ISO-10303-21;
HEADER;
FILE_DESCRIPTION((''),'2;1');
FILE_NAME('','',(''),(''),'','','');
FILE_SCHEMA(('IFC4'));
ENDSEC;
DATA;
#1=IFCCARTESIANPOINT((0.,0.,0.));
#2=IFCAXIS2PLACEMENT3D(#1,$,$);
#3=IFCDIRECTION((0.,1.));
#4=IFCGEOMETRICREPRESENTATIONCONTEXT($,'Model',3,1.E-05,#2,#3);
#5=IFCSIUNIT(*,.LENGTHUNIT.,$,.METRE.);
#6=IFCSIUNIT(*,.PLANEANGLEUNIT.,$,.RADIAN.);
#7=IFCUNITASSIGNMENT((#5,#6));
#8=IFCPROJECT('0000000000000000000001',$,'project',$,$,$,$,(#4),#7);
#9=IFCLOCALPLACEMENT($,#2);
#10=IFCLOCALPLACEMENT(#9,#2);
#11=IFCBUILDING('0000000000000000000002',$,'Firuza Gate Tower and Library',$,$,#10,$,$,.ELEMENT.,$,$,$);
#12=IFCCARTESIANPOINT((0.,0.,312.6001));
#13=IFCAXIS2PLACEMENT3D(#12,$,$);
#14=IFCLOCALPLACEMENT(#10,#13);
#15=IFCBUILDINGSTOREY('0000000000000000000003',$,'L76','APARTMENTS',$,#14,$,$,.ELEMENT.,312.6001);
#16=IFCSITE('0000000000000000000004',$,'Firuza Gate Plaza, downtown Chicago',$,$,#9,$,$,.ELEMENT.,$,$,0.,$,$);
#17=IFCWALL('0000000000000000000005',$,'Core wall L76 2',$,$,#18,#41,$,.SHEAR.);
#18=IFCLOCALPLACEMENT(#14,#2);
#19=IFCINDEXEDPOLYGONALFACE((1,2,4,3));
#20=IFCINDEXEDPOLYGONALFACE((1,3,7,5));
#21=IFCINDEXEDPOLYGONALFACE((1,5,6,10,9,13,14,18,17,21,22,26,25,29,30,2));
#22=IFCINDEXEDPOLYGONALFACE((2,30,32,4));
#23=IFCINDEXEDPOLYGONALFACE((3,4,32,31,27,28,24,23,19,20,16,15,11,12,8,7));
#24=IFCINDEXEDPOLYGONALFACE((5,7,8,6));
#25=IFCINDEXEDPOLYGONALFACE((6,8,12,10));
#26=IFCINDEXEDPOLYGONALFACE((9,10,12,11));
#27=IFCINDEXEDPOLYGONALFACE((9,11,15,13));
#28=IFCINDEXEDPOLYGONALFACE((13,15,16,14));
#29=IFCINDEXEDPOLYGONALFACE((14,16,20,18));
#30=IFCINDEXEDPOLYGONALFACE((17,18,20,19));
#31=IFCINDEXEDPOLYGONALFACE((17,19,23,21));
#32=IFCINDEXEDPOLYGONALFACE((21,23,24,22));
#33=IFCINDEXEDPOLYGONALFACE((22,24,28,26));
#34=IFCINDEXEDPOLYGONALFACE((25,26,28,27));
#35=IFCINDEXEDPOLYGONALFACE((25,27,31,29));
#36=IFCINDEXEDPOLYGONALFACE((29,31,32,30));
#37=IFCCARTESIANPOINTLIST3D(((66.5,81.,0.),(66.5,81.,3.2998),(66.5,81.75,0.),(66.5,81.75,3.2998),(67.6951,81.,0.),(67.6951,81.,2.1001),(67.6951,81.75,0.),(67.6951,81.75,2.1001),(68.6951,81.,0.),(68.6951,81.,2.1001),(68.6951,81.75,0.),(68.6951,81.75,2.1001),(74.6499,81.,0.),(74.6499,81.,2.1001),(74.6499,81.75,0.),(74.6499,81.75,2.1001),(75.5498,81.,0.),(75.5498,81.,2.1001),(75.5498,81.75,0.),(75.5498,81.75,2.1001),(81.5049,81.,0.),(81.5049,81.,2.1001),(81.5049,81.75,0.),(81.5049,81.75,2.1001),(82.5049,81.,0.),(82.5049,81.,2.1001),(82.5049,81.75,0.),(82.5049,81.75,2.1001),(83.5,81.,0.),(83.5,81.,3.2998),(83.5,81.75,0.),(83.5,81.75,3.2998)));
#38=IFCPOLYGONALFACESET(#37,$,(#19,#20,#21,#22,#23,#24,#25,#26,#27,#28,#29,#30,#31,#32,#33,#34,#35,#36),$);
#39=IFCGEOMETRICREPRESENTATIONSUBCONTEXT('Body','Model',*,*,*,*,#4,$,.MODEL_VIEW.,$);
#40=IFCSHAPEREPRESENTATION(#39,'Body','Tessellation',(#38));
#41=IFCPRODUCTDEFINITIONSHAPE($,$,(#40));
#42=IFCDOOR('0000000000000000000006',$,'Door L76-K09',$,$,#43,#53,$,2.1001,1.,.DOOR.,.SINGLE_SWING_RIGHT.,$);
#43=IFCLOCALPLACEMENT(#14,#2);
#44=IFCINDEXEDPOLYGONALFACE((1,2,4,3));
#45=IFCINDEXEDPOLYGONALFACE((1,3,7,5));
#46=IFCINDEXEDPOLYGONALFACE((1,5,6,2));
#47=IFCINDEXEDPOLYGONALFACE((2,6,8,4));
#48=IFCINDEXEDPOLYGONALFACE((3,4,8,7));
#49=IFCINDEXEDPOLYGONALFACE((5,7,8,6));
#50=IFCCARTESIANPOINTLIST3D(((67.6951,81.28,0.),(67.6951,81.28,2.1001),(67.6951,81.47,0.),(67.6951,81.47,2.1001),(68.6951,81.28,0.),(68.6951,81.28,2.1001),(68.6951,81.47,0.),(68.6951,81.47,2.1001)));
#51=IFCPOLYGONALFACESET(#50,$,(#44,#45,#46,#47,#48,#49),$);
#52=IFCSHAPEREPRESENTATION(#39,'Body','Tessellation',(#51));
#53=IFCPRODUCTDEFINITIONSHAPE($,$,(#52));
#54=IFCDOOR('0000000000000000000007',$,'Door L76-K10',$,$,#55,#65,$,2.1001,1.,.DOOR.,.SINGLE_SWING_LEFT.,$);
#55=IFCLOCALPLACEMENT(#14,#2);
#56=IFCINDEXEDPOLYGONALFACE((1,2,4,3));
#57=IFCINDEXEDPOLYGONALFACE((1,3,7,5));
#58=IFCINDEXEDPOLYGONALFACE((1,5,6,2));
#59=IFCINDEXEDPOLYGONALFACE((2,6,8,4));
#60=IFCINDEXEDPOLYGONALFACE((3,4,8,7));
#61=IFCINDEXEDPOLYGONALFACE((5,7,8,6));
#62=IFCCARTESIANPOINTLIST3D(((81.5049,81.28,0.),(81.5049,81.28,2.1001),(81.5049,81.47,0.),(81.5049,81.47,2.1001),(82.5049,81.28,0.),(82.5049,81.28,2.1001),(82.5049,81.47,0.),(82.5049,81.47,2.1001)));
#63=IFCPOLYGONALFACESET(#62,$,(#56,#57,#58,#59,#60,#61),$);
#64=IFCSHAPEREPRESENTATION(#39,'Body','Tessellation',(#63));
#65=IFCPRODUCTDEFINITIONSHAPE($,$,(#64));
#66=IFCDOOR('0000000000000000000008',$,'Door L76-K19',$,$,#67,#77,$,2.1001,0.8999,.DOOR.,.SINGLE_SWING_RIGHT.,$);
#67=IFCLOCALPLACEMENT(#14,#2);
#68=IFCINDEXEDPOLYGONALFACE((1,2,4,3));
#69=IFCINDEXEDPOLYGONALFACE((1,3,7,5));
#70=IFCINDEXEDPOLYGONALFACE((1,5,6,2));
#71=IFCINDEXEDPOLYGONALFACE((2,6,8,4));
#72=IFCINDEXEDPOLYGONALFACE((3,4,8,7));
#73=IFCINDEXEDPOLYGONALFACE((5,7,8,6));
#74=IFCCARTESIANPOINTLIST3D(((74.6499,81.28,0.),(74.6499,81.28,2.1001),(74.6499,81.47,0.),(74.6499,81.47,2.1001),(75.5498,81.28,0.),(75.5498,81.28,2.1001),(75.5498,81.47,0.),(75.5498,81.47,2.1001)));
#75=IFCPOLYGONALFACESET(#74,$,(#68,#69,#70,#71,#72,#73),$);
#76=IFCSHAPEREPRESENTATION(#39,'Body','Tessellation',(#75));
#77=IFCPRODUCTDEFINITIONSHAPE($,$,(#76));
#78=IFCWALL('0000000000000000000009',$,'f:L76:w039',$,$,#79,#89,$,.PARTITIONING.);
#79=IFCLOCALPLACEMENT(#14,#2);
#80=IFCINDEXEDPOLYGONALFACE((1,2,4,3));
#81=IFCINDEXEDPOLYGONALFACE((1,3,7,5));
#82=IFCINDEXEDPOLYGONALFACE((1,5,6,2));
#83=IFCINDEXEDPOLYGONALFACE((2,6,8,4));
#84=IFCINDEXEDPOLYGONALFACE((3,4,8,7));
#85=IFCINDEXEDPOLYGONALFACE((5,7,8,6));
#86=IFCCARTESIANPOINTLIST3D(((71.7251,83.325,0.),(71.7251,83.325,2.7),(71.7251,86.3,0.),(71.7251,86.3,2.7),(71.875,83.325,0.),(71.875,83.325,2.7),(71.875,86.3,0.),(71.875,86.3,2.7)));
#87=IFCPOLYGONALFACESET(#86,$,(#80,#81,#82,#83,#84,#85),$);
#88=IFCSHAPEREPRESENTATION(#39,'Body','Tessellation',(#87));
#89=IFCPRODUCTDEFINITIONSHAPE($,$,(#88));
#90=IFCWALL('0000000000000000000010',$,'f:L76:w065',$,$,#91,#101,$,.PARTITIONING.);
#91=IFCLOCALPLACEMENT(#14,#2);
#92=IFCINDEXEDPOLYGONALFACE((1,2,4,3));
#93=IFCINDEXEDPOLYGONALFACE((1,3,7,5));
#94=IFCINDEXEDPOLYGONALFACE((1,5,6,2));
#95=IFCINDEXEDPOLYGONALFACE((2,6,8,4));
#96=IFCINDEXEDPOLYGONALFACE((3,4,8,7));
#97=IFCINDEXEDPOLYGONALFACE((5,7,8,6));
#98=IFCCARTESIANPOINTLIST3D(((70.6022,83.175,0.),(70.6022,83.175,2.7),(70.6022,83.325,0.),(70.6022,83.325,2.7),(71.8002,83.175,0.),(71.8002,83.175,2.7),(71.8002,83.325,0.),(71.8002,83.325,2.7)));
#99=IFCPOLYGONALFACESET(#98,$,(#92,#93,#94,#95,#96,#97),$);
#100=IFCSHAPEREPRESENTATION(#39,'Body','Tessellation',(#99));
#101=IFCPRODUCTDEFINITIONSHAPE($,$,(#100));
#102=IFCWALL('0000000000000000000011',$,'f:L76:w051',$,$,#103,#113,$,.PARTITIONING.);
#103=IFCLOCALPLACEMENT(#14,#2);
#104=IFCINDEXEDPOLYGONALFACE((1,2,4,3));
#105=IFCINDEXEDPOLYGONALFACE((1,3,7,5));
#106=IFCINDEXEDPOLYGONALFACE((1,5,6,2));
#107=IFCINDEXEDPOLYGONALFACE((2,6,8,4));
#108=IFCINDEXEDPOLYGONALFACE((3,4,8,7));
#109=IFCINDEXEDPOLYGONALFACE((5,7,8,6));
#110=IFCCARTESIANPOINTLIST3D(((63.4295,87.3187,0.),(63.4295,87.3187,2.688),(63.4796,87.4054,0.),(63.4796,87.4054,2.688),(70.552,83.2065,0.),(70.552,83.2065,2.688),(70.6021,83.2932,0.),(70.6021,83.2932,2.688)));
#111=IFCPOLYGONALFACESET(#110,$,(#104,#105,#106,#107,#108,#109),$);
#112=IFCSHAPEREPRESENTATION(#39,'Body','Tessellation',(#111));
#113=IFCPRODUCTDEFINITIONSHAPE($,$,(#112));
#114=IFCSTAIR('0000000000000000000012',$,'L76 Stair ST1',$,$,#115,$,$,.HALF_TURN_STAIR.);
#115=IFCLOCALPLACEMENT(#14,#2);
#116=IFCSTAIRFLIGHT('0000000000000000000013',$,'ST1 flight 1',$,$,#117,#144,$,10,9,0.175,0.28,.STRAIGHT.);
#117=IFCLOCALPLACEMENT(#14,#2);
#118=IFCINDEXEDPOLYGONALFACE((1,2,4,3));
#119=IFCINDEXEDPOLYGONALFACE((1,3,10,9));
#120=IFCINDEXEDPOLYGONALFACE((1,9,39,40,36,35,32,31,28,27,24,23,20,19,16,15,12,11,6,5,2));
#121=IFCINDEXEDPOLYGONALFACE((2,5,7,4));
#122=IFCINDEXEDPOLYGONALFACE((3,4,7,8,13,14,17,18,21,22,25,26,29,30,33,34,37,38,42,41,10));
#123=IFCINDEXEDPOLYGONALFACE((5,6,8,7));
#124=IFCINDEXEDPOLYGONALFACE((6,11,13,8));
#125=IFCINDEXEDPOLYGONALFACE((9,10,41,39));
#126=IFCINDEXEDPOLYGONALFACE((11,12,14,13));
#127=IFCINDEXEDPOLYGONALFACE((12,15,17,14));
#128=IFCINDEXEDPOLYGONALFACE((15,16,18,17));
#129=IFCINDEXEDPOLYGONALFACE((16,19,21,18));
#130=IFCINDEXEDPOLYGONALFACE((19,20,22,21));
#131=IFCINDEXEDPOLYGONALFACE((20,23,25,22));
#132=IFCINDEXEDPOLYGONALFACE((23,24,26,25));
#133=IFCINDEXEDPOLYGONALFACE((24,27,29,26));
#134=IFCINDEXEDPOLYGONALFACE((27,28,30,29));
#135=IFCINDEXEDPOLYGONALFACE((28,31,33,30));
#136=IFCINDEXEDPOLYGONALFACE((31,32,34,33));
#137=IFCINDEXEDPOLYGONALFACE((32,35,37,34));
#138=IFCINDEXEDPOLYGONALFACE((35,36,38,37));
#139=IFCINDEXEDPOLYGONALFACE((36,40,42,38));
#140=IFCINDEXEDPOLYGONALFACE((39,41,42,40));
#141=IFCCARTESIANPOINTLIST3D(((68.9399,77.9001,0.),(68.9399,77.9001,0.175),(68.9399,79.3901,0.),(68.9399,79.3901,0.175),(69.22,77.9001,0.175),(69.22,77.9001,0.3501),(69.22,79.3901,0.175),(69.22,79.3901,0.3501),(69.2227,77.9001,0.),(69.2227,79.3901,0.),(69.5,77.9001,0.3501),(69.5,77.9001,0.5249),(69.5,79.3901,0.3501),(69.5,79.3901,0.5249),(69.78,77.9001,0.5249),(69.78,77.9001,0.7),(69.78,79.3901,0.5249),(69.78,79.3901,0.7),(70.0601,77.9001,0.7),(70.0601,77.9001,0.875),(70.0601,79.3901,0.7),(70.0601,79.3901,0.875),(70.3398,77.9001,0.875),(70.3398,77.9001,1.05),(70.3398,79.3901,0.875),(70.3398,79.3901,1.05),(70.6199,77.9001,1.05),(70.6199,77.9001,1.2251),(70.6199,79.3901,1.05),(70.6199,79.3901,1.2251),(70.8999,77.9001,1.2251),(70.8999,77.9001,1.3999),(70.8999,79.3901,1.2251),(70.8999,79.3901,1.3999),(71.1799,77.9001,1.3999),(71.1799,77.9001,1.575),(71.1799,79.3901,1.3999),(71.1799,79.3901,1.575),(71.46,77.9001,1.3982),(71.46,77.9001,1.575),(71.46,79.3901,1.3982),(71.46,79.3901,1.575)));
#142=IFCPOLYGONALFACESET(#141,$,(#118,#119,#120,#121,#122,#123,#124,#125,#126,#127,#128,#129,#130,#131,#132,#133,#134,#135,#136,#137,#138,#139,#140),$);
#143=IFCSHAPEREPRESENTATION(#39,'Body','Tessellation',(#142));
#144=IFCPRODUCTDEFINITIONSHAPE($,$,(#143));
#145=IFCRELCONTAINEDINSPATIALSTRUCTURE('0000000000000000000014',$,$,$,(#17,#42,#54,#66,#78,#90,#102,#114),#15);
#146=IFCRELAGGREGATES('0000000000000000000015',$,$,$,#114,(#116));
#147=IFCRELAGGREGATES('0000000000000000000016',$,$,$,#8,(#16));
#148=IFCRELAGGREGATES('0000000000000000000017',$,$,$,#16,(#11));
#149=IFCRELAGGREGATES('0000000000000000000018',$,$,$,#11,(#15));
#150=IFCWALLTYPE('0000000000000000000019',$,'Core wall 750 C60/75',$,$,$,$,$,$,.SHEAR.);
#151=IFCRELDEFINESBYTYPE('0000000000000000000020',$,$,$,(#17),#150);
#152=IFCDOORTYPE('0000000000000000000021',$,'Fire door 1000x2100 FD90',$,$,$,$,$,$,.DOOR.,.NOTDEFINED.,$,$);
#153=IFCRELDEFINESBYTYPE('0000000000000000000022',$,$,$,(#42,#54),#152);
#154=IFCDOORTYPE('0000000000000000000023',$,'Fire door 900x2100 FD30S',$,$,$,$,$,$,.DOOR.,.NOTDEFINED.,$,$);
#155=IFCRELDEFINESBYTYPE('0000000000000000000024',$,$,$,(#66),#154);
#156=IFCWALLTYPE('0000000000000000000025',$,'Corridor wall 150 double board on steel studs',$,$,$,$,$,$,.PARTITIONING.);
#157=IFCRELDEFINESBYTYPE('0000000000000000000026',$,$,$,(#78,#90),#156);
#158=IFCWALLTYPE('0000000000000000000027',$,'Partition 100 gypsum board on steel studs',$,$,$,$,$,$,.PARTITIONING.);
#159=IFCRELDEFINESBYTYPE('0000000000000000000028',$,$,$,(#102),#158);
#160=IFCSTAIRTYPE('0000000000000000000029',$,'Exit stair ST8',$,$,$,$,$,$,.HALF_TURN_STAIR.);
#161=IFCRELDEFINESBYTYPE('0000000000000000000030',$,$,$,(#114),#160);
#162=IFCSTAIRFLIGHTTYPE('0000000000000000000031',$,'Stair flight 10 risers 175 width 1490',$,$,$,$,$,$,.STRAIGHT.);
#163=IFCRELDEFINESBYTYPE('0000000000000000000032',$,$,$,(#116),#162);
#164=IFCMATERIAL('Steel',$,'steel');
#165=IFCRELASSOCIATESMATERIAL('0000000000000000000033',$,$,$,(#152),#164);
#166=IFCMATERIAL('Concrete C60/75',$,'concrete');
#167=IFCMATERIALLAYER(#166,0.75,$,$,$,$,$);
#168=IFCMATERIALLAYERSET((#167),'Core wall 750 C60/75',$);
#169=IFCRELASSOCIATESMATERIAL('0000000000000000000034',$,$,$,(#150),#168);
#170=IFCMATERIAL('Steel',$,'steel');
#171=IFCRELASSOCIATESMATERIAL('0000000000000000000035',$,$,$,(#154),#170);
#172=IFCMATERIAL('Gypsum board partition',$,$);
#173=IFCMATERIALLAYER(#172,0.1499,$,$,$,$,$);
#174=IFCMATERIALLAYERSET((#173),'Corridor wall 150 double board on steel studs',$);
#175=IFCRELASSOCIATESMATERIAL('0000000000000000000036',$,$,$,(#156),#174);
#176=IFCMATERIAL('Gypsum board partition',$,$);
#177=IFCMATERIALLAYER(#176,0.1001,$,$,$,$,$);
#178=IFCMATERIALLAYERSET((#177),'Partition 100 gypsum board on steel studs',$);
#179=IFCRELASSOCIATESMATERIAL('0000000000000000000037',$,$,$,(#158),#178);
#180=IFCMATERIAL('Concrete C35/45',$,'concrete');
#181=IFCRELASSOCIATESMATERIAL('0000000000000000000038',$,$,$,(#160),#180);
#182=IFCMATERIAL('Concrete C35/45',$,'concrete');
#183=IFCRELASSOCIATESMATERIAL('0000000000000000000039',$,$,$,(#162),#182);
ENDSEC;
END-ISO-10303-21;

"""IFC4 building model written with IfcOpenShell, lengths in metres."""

from ifc_helpers import new_model, si_unit, direction, frame, frame_2d, origin, place, context, subcontext, project, spatial, polyline, rectangle, outline, extrude, material, layer, layer_set, type_object, element, fill, aggregate, save


model = new_model("IFC4")

# Units and contexts
model_context = context("Model", 3, precision=1e-05, world=origin(), true_north=direction((0.0, 1.0)))
body_context = subcontext(model_context, "Body", "Model", "MODEL_VIEW")
ifc_project = project(units=[si_unit("LENGTHUNIT", "METRE"), si_unit("PLANEANGLEUNIT", "RADIAN")], contexts=[model_context])

# Site, building, storey
site_placement = place(None, origin())
site = spatial("IfcSite", under=ifc_project, at=site_placement, Name="Firuza Gate Plaza, downtown Chicago", CompositionType="ELEMENT", RefElevation=0.0)
building_placement = place(site_placement, origin())
building = spatial("IfcBuilding", under=site, at=building_placement, Name="Firuza Gate Tower and Library", CompositionType="ELEMENT")
storey_placement = place(building_placement, frame((0.0, 0.0, 312.6001)))
storey = spatial("IfcBuildingStorey", under=building, at=storey_placement, Name="L76", Description="APARTMENTS", CompositionType="ELEMENT", Elevation=312.6001)

# Shared definitions
ifc_material_1 = material(Name="Steel", Category="steel")
door_type_1 = type_object("IfcDoorType", Name="Fire door 1000x2100 FD90", OperationType="NOTDEFINED", PredefinedType="DOOR", material=ifc_material_1)

# Wall, openings, doors
ifc_material_2 = material(Name="Concrete C60/75", Category="concrete")
ifc_layer_1 = layer(ifc_material_2, 0.75)
ifc_layer_set_1 = layer_set([ifc_layer_1], Name="Core wall 750 C60/75")
wall_type_1 = type_object("IfcWallType", Name="Core wall 750 C60/75", PredefinedType="SHEAR", material=ifc_layer_set_1)
wall_1_placement = place(storey_placement, frame((66.5, 81.375, 0.0), z_axis=(0.0, 0.0, 1.0), x_axis=(1.0, 0.0, 0.0)))
wall_1 = element("IfcWall", 1, at=wall_1_placement, inside=storey, type_object=wall_type_1, Name="Core wall L76 2", PredefinedType="SHEAR", context=body_context, shape_type="SweptSolid", body=[
    extrude(rectangle(XDim=17.0, YDim=0.75, at=frame_2d((8.5, 0.0))), origin(), (0.0, 0.0, 1.0), 3.2998),
])
opening_1_placement = place(wall_1_placement, frame((1.1951, 0.0, 0.0)))
opening_1 = element("IfcOpeningElement", 2, at=opening_1_placement, cuts=wall_1, PredefinedType="OPENING", context=body_context, shape_type="SweptSolid", body=[
    extrude(rectangle(XDim=1.0, YDim=2.1001, at=frame_2d((0.5, 1.05))), frame((0.0, 0.385, 0.0), z_axis=(0.0, -1.0, 0.0), x_axis=(1.0, 0.0, 0.0)), (0.0, 0.0, 1.0), 0.77),
])
opening_2_placement = place(wall_1_placement, frame((15.0049, 0.0, 0.0)))
opening_2 = element("IfcOpeningElement", 3, at=opening_2_placement, cuts=wall_1, PredefinedType="OPENING", context=body_context, shape_type="SweptSolid", body=[
    extrude(rectangle(XDim=1.0, YDim=2.1001, at=frame_2d((0.5, 1.05))), frame((0.0, 0.385, 0.0), z_axis=(0.0, -1.0, 0.0), x_axis=(1.0, 0.0, 0.0)), (0.0, 0.0, 1.0), 0.77),
])
opening_3_placement = place(wall_1_placement, frame((8.1499, 0.0, 0.0)))
opening_3 = element("IfcOpeningElement", 4, at=opening_3_placement, cuts=wall_1, PredefinedType="OPENING", context=body_context, shape_type="SweptSolid", body=[
    extrude(rectangle(XDim=0.8999, YDim=2.1001, at=frame_2d((0.45, 1.05))), frame((0.0, 0.385, 0.0), z_axis=(0.0, -1.0, 0.0), x_axis=(1.0, 0.0, 0.0)), (0.0, 0.0, 1.0), 0.77),
])
door_1_placement = place(opening_1_placement, origin())
door_1 = element("IfcDoor", 5, at=door_1_placement, inside=storey, type_object=door_type_1, Name="Door L76-K09", OperationType="SINGLE_SWING_RIGHT", OverallHeight=2.1001, OverallWidth=1.0, PredefinedType="DOOR", context=body_context, shape_type="SweptSolid", body=[
    extrude(rectangle(XDim=1.0, YDim=2.1001, at=frame_2d((0.5, 1.05))), frame((0.0, 0.095, 0.0), z_axis=(0.0, -1.0, 0.0), x_axis=(1.0, 0.0, 0.0)), (0.0, 0.0, 1.0), 0.1899),
])
fill(opening_1, door_1)
door_2_placement = place(opening_2_placement, origin())
door_2 = element("IfcDoor", 6, at=door_2_placement, inside=storey, type_object=door_type_1, Name="Door L76-K10", OperationType="SINGLE_SWING_LEFT", OverallHeight=2.1001, OverallWidth=1.0, PredefinedType="DOOR", context=body_context, shape_type="SweptSolid", body=[
    extrude(rectangle(XDim=1.0, YDim=2.1001, at=frame_2d((0.5, 1.05))), frame((0.0, 0.095, 0.0), z_axis=(0.0, -1.0, 0.0), x_axis=(1.0, 0.0, 0.0)), (0.0, 0.0, 1.0), 0.1899),
])
fill(opening_2, door_2)
ifc_material_3 = material(Name="Steel", Category="steel")
door_type_2 = type_object("IfcDoorType", Name="Fire door 900x2100 FD30S", OperationType="NOTDEFINED", PredefinedType="DOOR", material=ifc_material_3)
door_3_placement = place(opening_3_placement, origin())
door_3 = element("IfcDoor", 7, at=door_3_placement, inside=storey, type_object=door_type_2, Name="Door L76-K19", OperationType="SINGLE_SWING_RIGHT", OverallHeight=2.1001, OverallWidth=0.8999, PredefinedType="DOOR", context=body_context, shape_type="SweptSolid", body=[
    extrude(rectangle(XDim=0.8999, YDim=2.1001, at=frame_2d((0.45, 1.05))), frame((0.0, 0.095, 0.0), z_axis=(0.0, -1.0, 0.0), x_axis=(1.0, 0.0, 0.0)), (0.0, 0.0, 1.0), 0.1899),
])
fill(opening_3, door_3)

# Walls
ifc_material_4 = material(Name="Gypsum board partition")
ifc_layer_2 = layer(ifc_material_4, 0.1499)
ifc_layer_set_2 = layer_set([ifc_layer_2], Name="Corridor wall 150 double board on steel studs")
wall_type_2 = type_object("IfcWallType", Name="Corridor wall 150 double board on steel studs", PredefinedType="PARTITIONING", material=ifc_layer_set_2)
wall_2_placement = place(storey_placement, frame((71.8, 83.325, 0.0), z_axis=(0.0, 0.0, 1.0), x_axis=(0.0, 1.0, 0.0)))
element("IfcWall", 8, at=wall_2_placement, inside=storey, type_object=wall_type_2, Name="f:L76:w039", PredefinedType="PARTITIONING", context=body_context, shape_type="SweptSolid", body=[
    extrude(rectangle(XDim=2.9751, YDim=0.1499, at=frame_2d((1.4875, 0.0))), origin(), (0.0, 0.0, 1.0), 2.7),
])
wall_3_placement = place(storey_placement, frame((70.6021, 83.25, 0.0), z_axis=(0.0, 0.0, 1.0), x_axis=(1.0, 0.0, 0.0)))
element("IfcWall", 9, at=wall_3_placement, inside=storey, type_object=wall_type_2, Name="f:L76:w065", PredefinedType="PARTITIONING", context=body_context, shape_type="SweptSolid", body=[
    extrude(rectangle(XDim=1.198, YDim=0.1499, at=frame_2d((0.5991, 0.0))), origin(), (0.0, 0.0, 1.0), 2.7),
])
ifc_material_5 = material(Name="Gypsum board partition")
ifc_layer_3 = layer(ifc_material_5, 0.1001)
ifc_layer_set_3 = layer_set([ifc_layer_3], Name="Partition 100 gypsum board on steel studs")
wall_type_3 = type_object("IfcWallType", Name="Partition 100 gypsum board on steel studs", PredefinedType="PARTITIONING", material=ifc_layer_set_3)
wall_4_placement = place(storey_placement, frame((70.5771, 83.2498, 0.0), z_axis=(0.0, 0.0, 1.0), x_axis=(-0.86602, 0.500009, 0.0)))
element("IfcWall", 10, at=wall_4_placement, inside=storey, type_object=wall_type_3, Name="f:L76:w051", PredefinedType="PARTITIONING", context=body_context, shape_type="SweptSolid", body=[
    extrude(rectangle(XDim=8.2244, YDim=0.1001, at=frame_2d((4.1123, 0.0))), origin(), (0.0, 0.0, 1.0), 2.688),
])

# Stair, stair flight
ifc_material_6 = material(Name="Concrete C35/45", Category="concrete")
stair_type = type_object("IfcStairType", Name="Exit stair ST8", PredefinedType="HALF_TURN_STAIR", material=ifc_material_6)
stair_placement = place(storey_placement, origin())
stair = element("IfcStair", 11, at=stair_placement, inside=storey, type_object=stair_type, Name="L76 Stair ST1", PredefinedType="HALF_TURN_STAIR")
ifc_material_7 = material(Name="Concrete C35/45", Category="concrete")
stair_flight_type = type_object("IfcStairFlightType", Name="Stair flight 10 risers 175 width 1490", PredefinedType="STRAIGHT", material=ifc_material_7)
stair_flight_1_placement = place(storey_placement, frame((68.9399, 78.645, 0.0), z_axis=(0.0, 0.0, 1.0), x_axis=(1.0, 0.0, 0.0)))
stair_flight_1 = element("IfcStairFlight", 12, at=stair_flight_1_placement, type_object=stair_flight_type, Name="ST1 flight 1", NumberOfRisers=10, NumberOfTreads=9, PredefinedType="STRAIGHT", RiserHeight=0.175, TreadLength=0.28, context=body_context, shape_type="SweptSolid", body=[
    extrude(outline(polyline([(0.0, 0.0), (0.0, 0.175), (0.28, 0.175), (0.28, 0.3501), (0.5601, 0.3501), (0.5601, 0.5249), (0.8401, 0.5249), (0.8401, 0.7), (1.1201, 0.7), (1.1201, 0.875), (1.3999, 0.875), (1.3999, 1.05), (1.6799, 1.05), (1.6799, 1.2251), (1.96, 1.2251), (1.96, 1.3999), (2.24, 1.3999), (2.24, 1.575), (2.52, 1.575), (2.52, 1.75), (2.52, 1.3982), (0.2827, 0.0), (0.0, 0.0)])), frame((0.0, 0.7451, 0.0), z_axis=(0.0, -1.0, 0.0), x_axis=(1.0, 0.0, 0.0)), (0.0, 0.0, 1.0), 1.49),
])
aggregate(stair, [stair_flight_1])

save(model, "model.ifc")
